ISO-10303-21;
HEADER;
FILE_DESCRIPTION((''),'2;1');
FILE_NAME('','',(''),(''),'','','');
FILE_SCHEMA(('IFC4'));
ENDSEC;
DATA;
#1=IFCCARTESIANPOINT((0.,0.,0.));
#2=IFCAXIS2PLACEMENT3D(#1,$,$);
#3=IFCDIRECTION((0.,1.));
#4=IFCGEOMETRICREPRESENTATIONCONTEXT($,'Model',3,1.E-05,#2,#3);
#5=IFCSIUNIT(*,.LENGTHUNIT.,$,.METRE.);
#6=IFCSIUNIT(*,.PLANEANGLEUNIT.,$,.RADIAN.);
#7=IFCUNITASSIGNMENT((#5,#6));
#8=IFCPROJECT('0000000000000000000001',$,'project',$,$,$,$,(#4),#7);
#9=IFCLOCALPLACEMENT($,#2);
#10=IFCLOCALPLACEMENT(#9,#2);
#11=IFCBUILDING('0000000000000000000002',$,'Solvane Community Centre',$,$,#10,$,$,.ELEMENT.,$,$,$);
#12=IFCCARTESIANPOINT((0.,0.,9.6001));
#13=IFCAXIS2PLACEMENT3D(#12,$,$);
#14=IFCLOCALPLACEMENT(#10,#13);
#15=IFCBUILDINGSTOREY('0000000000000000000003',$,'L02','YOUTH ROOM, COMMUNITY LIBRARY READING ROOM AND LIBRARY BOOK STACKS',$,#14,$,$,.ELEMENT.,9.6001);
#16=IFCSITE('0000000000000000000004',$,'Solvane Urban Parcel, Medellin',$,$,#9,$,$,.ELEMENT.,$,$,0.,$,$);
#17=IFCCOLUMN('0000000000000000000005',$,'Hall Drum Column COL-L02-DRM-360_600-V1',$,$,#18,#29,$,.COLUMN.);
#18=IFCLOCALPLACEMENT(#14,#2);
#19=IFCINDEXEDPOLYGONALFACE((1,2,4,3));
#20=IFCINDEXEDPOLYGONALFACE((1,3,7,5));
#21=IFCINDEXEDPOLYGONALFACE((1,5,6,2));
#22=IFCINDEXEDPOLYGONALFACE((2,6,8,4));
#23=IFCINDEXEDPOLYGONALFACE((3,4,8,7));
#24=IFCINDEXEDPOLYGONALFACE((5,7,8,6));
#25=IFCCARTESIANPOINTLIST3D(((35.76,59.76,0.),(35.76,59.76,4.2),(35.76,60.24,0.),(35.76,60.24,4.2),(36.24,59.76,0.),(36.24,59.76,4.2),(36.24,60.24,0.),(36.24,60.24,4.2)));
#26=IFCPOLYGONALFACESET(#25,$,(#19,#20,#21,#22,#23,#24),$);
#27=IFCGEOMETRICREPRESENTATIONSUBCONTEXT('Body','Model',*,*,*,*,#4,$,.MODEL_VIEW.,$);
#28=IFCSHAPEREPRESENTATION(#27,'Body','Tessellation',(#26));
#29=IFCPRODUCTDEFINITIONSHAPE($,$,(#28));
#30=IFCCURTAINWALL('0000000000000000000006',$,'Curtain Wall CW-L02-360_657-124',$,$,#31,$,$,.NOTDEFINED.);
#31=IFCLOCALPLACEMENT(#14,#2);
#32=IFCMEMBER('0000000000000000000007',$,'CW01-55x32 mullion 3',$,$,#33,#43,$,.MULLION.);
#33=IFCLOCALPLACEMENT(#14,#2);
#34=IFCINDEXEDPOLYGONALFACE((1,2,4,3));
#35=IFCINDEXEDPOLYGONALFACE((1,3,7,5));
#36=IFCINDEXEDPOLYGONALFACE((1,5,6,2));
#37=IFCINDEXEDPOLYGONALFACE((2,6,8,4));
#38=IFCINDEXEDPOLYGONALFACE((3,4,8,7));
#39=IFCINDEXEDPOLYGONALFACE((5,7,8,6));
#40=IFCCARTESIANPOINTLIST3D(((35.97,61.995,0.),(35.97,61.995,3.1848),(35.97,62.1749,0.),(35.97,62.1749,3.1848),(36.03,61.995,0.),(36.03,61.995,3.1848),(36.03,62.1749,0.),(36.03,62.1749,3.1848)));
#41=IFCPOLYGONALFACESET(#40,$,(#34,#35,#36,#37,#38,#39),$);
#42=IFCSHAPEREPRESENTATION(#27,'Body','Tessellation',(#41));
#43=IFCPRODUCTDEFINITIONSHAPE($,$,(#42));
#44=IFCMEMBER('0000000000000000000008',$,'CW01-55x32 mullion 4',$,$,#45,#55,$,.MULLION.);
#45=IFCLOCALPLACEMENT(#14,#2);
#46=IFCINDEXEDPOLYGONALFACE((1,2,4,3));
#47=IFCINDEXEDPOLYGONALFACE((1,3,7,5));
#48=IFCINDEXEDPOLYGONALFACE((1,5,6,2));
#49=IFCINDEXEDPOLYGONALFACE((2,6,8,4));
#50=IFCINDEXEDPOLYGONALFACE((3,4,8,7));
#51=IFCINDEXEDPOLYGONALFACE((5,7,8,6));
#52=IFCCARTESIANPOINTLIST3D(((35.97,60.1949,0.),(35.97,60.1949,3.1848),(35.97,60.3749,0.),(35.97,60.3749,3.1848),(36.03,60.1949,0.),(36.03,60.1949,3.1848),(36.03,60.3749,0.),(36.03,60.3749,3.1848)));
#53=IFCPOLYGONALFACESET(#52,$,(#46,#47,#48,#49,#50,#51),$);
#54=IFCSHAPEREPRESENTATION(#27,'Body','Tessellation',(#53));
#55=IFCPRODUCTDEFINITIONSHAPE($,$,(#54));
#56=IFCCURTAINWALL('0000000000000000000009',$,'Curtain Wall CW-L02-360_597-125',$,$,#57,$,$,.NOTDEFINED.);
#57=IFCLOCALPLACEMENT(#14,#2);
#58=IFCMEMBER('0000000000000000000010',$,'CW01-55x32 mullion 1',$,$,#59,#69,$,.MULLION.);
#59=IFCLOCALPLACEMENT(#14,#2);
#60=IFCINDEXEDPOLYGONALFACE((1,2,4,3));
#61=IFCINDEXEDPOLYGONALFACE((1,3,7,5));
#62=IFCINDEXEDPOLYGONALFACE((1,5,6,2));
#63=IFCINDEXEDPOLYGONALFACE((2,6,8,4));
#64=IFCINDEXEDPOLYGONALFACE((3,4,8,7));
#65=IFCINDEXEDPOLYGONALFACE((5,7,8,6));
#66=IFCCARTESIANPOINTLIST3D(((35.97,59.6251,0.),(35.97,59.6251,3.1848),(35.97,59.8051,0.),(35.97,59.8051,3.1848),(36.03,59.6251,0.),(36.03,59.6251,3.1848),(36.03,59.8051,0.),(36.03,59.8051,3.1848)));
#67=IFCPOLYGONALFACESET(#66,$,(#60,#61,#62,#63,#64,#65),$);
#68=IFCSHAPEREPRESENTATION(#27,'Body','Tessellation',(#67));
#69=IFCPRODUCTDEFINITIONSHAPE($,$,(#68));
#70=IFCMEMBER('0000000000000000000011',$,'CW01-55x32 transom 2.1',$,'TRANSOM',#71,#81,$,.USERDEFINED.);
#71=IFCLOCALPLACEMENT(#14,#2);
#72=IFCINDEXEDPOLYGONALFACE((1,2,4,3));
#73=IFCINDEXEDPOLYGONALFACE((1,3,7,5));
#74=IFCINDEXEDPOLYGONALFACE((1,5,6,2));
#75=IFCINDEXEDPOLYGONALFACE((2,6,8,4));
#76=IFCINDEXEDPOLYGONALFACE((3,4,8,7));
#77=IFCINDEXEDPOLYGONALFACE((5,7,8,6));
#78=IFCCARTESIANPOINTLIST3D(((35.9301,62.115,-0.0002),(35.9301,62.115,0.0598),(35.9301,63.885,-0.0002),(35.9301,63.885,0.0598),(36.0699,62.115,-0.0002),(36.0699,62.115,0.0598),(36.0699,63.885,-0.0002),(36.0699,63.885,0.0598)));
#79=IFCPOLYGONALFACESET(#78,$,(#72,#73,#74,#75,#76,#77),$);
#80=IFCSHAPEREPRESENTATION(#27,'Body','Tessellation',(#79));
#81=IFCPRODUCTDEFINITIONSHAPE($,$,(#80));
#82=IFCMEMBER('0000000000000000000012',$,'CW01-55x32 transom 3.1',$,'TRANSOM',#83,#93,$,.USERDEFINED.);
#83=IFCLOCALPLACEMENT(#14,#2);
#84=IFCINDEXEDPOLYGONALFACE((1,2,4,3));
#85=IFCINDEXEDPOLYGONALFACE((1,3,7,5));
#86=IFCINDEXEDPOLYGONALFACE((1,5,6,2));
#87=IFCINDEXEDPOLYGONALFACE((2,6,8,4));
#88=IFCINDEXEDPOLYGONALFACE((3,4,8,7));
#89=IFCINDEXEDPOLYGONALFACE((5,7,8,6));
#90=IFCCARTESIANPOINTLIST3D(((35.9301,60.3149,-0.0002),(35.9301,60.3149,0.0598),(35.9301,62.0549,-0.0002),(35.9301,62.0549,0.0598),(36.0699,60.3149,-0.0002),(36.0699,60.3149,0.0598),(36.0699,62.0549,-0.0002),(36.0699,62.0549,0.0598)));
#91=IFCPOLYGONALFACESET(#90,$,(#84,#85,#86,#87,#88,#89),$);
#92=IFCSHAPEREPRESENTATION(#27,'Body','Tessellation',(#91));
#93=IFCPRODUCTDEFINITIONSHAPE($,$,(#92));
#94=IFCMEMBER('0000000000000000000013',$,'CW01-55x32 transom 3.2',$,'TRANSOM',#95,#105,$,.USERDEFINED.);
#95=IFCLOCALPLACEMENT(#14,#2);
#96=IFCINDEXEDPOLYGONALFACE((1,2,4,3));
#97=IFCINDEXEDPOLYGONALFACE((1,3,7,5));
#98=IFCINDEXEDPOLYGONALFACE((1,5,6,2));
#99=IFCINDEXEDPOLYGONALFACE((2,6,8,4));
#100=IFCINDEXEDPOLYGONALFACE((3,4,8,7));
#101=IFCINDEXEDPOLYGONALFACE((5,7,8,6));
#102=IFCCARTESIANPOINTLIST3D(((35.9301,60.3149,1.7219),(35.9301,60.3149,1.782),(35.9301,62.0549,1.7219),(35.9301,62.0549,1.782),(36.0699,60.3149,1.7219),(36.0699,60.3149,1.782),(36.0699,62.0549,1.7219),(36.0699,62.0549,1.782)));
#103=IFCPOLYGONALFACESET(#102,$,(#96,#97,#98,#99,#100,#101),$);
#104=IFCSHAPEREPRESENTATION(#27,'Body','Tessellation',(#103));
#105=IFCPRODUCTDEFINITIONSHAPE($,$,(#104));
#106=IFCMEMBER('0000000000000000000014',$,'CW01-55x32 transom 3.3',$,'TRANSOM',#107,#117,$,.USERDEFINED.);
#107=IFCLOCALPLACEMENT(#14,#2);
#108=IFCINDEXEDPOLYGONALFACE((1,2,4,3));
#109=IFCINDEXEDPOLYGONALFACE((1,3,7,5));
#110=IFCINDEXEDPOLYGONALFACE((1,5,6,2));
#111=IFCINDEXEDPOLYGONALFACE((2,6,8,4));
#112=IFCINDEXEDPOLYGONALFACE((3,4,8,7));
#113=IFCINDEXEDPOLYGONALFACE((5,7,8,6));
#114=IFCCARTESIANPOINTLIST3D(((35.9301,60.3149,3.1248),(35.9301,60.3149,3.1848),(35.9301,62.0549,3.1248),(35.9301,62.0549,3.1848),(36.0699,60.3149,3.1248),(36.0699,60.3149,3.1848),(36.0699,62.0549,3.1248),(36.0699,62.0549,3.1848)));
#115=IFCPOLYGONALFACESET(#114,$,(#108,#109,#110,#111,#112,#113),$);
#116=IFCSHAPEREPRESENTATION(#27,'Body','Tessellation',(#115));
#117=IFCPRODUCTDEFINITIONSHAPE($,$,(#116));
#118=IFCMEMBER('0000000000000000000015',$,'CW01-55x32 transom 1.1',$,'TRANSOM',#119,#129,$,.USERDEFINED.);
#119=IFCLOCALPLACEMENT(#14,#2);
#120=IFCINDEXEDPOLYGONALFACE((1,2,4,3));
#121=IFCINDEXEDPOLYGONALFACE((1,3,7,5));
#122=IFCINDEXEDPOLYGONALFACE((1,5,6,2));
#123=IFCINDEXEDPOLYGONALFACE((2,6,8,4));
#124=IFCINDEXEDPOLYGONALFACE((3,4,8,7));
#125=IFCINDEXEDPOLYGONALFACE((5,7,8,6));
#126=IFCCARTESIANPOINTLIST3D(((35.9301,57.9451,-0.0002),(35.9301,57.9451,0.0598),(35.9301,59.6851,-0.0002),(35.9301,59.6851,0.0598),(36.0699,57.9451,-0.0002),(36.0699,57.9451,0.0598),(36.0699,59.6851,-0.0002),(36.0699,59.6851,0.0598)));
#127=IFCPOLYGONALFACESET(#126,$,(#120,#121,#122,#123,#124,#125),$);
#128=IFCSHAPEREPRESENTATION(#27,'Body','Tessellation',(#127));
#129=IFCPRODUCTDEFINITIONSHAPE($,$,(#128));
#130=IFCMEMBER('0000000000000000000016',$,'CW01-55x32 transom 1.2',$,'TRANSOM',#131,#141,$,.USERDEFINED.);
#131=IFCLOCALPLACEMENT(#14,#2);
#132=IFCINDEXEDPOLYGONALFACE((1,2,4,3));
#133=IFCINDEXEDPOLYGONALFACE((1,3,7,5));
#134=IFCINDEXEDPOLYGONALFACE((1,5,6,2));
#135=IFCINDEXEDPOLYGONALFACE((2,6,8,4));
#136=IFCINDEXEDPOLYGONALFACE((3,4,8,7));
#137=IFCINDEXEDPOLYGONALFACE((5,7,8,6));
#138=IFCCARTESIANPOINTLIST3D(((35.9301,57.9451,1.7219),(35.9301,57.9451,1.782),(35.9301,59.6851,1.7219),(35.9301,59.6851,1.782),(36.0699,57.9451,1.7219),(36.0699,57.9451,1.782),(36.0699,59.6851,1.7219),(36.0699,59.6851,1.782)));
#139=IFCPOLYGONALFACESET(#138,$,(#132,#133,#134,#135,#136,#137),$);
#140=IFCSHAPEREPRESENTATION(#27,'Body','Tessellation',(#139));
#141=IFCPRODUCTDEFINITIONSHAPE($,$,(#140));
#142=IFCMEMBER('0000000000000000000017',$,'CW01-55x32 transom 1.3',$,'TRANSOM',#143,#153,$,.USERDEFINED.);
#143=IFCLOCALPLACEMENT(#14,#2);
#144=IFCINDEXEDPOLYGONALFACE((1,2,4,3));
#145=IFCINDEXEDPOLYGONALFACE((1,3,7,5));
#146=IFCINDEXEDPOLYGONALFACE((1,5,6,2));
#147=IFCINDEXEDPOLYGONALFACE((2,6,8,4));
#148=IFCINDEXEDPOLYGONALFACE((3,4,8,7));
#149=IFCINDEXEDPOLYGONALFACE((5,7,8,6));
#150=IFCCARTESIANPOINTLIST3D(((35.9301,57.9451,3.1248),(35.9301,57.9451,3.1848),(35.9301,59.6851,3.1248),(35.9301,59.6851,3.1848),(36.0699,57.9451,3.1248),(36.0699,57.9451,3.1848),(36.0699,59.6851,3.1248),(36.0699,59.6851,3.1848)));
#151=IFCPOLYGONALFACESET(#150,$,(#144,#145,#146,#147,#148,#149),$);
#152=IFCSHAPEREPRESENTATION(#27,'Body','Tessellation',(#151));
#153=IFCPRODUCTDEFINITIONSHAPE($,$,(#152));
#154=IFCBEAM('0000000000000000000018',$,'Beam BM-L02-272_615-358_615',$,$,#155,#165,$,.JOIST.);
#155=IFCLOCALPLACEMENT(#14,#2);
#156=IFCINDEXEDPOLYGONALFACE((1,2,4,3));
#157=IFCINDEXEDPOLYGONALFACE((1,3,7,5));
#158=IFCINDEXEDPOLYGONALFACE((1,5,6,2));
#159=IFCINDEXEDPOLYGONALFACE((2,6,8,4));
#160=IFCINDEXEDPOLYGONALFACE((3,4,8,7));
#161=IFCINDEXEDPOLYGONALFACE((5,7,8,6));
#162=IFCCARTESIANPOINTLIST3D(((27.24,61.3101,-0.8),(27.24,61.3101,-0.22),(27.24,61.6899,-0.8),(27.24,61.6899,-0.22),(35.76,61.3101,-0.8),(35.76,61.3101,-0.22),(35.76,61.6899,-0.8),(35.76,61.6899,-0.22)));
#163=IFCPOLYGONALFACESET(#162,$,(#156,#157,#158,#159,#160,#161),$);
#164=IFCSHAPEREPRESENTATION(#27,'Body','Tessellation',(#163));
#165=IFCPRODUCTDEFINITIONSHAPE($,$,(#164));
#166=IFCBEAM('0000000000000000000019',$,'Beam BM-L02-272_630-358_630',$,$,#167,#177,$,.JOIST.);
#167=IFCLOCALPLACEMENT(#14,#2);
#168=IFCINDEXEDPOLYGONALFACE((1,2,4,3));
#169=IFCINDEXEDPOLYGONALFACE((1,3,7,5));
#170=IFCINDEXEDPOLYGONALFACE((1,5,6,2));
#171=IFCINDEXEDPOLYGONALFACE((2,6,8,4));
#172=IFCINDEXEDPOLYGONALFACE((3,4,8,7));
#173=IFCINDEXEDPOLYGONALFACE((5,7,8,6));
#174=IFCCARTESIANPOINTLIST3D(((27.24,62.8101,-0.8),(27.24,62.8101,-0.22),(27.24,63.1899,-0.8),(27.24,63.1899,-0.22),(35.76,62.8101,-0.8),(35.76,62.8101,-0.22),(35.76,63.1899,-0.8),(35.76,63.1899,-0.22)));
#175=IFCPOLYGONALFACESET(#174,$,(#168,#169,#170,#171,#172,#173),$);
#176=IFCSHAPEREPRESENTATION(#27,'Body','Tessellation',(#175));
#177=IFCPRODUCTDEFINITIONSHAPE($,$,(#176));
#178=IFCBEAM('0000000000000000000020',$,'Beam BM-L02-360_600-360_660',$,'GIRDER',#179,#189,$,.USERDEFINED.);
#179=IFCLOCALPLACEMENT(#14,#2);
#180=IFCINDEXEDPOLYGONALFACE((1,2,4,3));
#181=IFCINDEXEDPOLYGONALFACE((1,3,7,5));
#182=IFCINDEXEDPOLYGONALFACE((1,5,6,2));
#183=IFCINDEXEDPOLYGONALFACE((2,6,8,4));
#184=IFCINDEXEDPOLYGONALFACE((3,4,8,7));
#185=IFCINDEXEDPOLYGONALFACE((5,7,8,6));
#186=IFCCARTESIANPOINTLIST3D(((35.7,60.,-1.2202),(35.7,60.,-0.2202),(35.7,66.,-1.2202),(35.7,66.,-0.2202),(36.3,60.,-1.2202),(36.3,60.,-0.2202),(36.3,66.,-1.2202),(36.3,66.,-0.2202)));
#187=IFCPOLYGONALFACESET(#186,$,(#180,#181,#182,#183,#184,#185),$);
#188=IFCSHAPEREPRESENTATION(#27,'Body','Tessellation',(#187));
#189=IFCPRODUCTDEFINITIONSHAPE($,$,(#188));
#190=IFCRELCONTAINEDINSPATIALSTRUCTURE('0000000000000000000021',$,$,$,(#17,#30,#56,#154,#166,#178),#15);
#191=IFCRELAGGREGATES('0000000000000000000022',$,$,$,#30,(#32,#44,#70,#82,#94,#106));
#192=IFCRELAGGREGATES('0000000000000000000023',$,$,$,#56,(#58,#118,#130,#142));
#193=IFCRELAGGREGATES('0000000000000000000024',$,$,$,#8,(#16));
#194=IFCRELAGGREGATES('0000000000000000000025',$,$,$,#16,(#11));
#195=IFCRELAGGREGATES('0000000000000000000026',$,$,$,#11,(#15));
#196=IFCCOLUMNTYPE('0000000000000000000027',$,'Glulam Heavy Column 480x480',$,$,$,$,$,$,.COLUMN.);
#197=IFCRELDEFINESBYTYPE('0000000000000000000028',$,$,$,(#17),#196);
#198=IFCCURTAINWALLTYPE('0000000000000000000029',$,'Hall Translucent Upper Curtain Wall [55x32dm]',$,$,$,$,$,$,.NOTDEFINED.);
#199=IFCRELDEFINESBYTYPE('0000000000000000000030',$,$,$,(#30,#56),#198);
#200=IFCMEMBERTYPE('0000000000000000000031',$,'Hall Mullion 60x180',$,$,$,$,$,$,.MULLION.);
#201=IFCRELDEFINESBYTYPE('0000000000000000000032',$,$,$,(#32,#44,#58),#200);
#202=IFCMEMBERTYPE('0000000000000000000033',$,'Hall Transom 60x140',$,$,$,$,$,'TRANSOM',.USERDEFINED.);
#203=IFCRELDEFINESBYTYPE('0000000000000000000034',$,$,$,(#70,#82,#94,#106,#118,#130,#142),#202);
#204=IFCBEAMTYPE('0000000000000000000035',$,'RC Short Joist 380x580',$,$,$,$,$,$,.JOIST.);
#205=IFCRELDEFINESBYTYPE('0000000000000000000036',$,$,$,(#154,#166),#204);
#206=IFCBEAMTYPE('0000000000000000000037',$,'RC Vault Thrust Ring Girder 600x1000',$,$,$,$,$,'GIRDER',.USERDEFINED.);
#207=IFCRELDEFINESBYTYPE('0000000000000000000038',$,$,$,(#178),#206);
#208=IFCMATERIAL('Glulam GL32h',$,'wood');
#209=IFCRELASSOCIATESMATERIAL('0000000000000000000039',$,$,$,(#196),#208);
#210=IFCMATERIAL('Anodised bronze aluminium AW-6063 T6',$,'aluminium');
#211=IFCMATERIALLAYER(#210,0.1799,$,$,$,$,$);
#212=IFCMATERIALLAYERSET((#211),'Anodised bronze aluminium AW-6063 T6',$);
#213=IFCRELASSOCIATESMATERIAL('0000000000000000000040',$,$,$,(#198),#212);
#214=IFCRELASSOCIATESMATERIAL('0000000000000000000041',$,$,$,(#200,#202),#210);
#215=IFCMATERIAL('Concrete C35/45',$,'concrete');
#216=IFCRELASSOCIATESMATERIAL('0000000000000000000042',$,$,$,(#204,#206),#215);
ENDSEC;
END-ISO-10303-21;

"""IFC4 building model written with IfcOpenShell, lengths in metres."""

from ifc_helpers import new_model, si_unit, direction, frame, origin, origin_2d, place, context, subcontext, project, spatial, rectangle, extrude, material, layer, layer_set, material_profile, profile_set, type_object, element, aggregate, save


model = new_model("IFC4")

# Units and contexts
model_context = context("Model", 3, precision=1e-05, world=origin(), true_north=direction((0.0, 1.0)))
body_context = subcontext(model_context, "Body", "Model", "MODEL_VIEW")
ifc_project = project(units=[si_unit("LENGTHUNIT", "METRE"), si_unit("PLANEANGLEUNIT", "RADIAN")], contexts=[model_context])

# Site, building, storey
site_placement = place(None, origin())
site = spatial("IfcSite", under=ifc_project, at=site_placement, Name="Solvane Urban Parcel, Medellin", CompositionType="ELEMENT", RefElevation=0.0)
building_placement = place(site_placement, origin())
building = spatial("IfcBuilding", under=site, at=building_placement, Name="Solvane Community Centre", CompositionType="ELEMENT")
storey_placement = place(building_placement, frame((0.0, 0.0, 9.6001)))
storey = spatial("IfcBuildingStorey", under=building, at=storey_placement, Name="L02", Description="YOUTH ROOM, COMMUNITY LIBRARY READING ROOM AND LIBRARY BOOK STACKS", CompositionType="ELEMENT", Elevation=9.6001)

# Column
ifc_material_1 = material(Name="Glulam GL32h", Category="wood")
ifc_material_profile_1 = material_profile(ifc_material_1, rectangle(XDim=0.48, YDim=0.48, at=origin_2d()), Name="GL32h 480x480")
ifc_profile_set_1 = profile_set([ifc_material_profile_1], Name="Glulam GL32h")
column_type = type_object("IfcColumnType", Name="Glulam Heavy Column 480x480", PredefinedType="COLUMN", material=ifc_profile_set_1)
column_placement = place(storey_placement, frame((36.0, 60.0, 0.0), z_axis=(0.0, 0.0, 1.0), x_axis=(1.0, 0.0, 0.0)))
element("IfcColumn", 1, at=column_placement, inside=storey, type_object=column_type, Name="Hall Drum Column COL-L02-DRM-360_600-V1", PredefinedType="COLUMN", context=body_context, shape_type="SweptSolid", body=[
    extrude(rectangle(XDim=0.48, YDim=0.48, at=origin_2d()), origin(), (0.0, 0.0, 1.0), 4.2),
])

# Curtain wall, members
ifc_material_2 = material(Name="Anodised bronze aluminium AW-6063 T6", Category="aluminium")
ifc_layer_1 = layer(ifc_material_2, 0.1799)
ifc_layer_set_1 = layer_set([ifc_layer_1], Name="Anodised bronze aluminium AW-6063 T6")
curtain_wall_type = type_object("IfcCurtainWallType", Name="Hall Translucent Upper Curtain Wall [55x32dm]", PredefinedType="NOTDEFINED", material=ifc_layer_set_1)
curtain_wall_1_placement = place(storey_placement, origin())
curtain_wall_1 = element("IfcCurtainWall", 2, at=curtain_wall_1_placement, inside=storey, type_object=curtain_wall_type, Name="Curtain Wall CW-L02-360_657-124", PredefinedType="NOTDEFINED")
ifc_material_profile_2 = material_profile(ifc_material_2, rectangle(XDim=0.0601, YDim=0.1799, at=origin_2d()), Name="CW-M 60x180")
ifc_profile_set_2 = profile_set([ifc_material_profile_2], Name="Anodised bronze aluminium AW-6063 T6")
member_type_1 = type_object("IfcMemberType", Name="Hall Mullion 60x180", PredefinedType="MULLION", material=ifc_profile_set_2)
member_1_placement = place(storey_placement, frame((36.0, 62.085, 0.0), z_axis=(0.0, 0.0, 1.0), x_axis=(1.0, 0.0, 0.0)))
member_1 = element("IfcMember", 3, at=member_1_placement, type_object=member_type_1, Name="CW01-55x32 mullion 3", PredefinedType="MULLION", context=body_context, shape_type="SweptSolid", body=[
    extrude(rectangle(XDim=0.0601, YDim=0.1799, at=origin_2d()), origin(), (0.0, 0.0, 1.0), 3.1848),
])
member_2_placement = place(storey_placement, frame((36.0, 60.2849, 0.0), z_axis=(0.0, 0.0, 1.0), x_axis=(1.0, 0.0, 0.0)))
member_2 = element("IfcMember", 4, at=member_2_placement, type_object=member_type_1, Name="CW01-55x32 mullion 4", PredefinedType="MULLION", context=body_context, shape_type="SweptSolid", body=[
    extrude(rectangle(XDim=0.0601, YDim=0.1799, at=origin_2d()), origin(), (0.0, 0.0, 1.0), 3.1848),
])

# Curtain wall, member
curtain_wall_2_placement = place(storey_placement, origin())
curtain_wall_2 = element("IfcCurtainWall", 5, at=curtain_wall_2_placement, inside=storey, type_object=curtain_wall_type, Name="Curtain Wall CW-L02-360_597-125", PredefinedType="NOTDEFINED")
member_3_placement = place(storey_placement, frame((36.0, 59.7151, 0.0), z_axis=(0.0, 0.0, 1.0), x_axis=(1.0, 0.0, 0.0)))
member_3 = element("IfcMember", 6, at=member_3_placement, type_object=member_type_1, Name="CW01-55x32 mullion 1", PredefinedType="MULLION", context=body_context, shape_type="SweptSolid", body=[
    extrude(rectangle(XDim=0.0601, YDim=0.1799, at=origin_2d()), origin(), (0.0, 0.0, 1.0), 3.1848),
])

# Members
ifc_material_profile_3 = material_profile(ifc_material_2, rectangle(XDim=0.1399, YDim=0.0601, at=origin_2d()), Name="CW-T 60x140")
ifc_profile_set_3 = profile_set([ifc_material_profile_3], Name="Anodised bronze aluminium AW-6063 T6")
member_type_2 = type_object("IfcMemberType", Name="Hall Transom 60x140", ElementType="TRANSOM", PredefinedType="USERDEFINED", material=ifc_profile_set_3)
member_4_placement = place(storey_placement, frame((36.0, 63.885, 0.0298), z_axis=(0.0, -1.0, 0.0), x_axis=(1.0, 0.0, 0.0)))
member_4 = element("IfcMember", 7, at=member_4_placement, type_object=member_type_2, Name="CW01-55x32 transom 2.1", ObjectType="TRANSOM", PredefinedType="USERDEFINED", context=body_context, shape_type="SweptSolid", body=[
    extrude(rectangle(XDim=0.1399, YDim=0.0601, at=origin_2d()), origin(), (0.0, 0.0, 1.0), 1.77),
])
member_5_placement = place(storey_placement, frame((36.0, 62.0549, 0.0298), z_axis=(0.0, -1.0, 0.0), x_axis=(1.0, 0.0, 0.0)))
member_5 = element("IfcMember", 8, at=member_5_placement, type_object=member_type_2, Name="CW01-55x32 transom 3.1", ObjectType="TRANSOM", PredefinedType="USERDEFINED", context=body_context, shape_type="SweptSolid", body=[
    extrude(rectangle(XDim=0.1399, YDim=0.0601, at=origin_2d()), origin(), (0.0, 0.0, 1.0), 1.74),
])
member_6_placement = place(storey_placement, frame((36.0, 62.0549, 1.752), z_axis=(0.0, -1.0, 0.0), x_axis=(1.0, 0.0, 0.0)))
member_6 = element("IfcMember", 9, at=member_6_placement, type_object=member_type_2, Name="CW01-55x32 transom 3.2", ObjectType="TRANSOM", PredefinedType="USERDEFINED", context=body_context, shape_type="SweptSolid", body=[
    extrude(rectangle(XDim=0.1399, YDim=0.0601, at=origin_2d()), origin(), (0.0, 0.0, 1.0), 1.74),
])
member_7_placement = place(storey_placement, frame((36.0, 62.0549, 3.1548), z_axis=(0.0, -1.0, 0.0), x_axis=(1.0, 0.0, 0.0)))
member_7 = element("IfcMember", 10, at=member_7_placement, type_object=member_type_2, Name="CW01-55x32 transom 3.3", ObjectType="TRANSOM", PredefinedType="USERDEFINED", context=body_context, shape_type="SweptSolid", body=[
    extrude(rectangle(XDim=0.1399, YDim=0.0601, at=origin_2d()), origin(), (0.0, 0.0, 1.0), 1.74),
])
member_8_placement = place(storey_placement, frame((36.0, 59.6851, 0.0298), z_axis=(0.0, -1.0, 0.0), x_axis=(1.0, 0.0, 0.0)))
member_8 = element("IfcMember", 11, at=member_8_placement, type_object=member_type_2, Name="CW01-55x32 transom 1.1", ObjectType="TRANSOM", PredefinedType="USERDEFINED", context=body_context, shape_type="SweptSolid", body=[
    extrude(rectangle(XDim=0.1399, YDim=0.0601, at=origin_2d()), origin(), (0.0, 0.0, 1.0), 1.74),
])
member_9_placement = place(storey_placement, frame((36.0, 59.6851, 1.752), z_axis=(0.0, -1.0, 0.0), x_axis=(1.0, 0.0, 0.0)))
member_9 = element("IfcMember", 12, at=member_9_placement, type_object=member_type_2, Name="CW01-55x32 transom 1.2", ObjectType="TRANSOM", PredefinedType="USERDEFINED", context=body_context, shape_type="SweptSolid", body=[
    extrude(rectangle(XDim=0.1399, YDim=0.0601, at=origin_2d()), origin(), (0.0, 0.0, 1.0), 1.74),
])
member_10_placement = place(storey_placement, frame((36.0, 59.6851, 3.1548), z_axis=(0.0, -1.0, 0.0), x_axis=(1.0, 0.0, 0.0)))
member_10 = element("IfcMember", 13, at=member_10_placement, type_object=member_type_2, Name="CW01-55x32 transom 1.3", ObjectType="TRANSOM", PredefinedType="USERDEFINED", context=body_context, shape_type="SweptSolid", body=[
    extrude(rectangle(XDim=0.1399, YDim=0.0601, at=origin_2d()), origin(), (0.0, 0.0, 1.0), 1.74),
])

# Beams
ifc_material_3 = material(Name="Concrete C35/45", Category="concrete")
ifc_material_profile_4 = material_profile(ifc_material_3, rectangle(XDim=0.3799, YDim=0.5801, at=origin_2d()), Name="RC 380x580")
ifc_profile_set_4 = profile_set([ifc_material_profile_4], Name="Concrete C35/45")
beam_type_1 = type_object("IfcBeamType", Name="RC Short Joist 380x580", PredefinedType="JOIST", material=ifc_profile_set_4)
for number, where, z_axis, x_axis, name in (
    (14, (27.24, 61.5, -0.51), (1.0, 0.0, 0.0), (0.0, 1.0, 0.0), "Beam BM-L02-272_615-358_615"),
    (15, (27.24, 63.0, -0.51), (1.0, 0.0, 0.0), (0.0, 1.0, 0.0), "Beam BM-L02-272_630-358_630"),
):
    element("IfcBeam", number, at=place(storey_placement, frame(where, z_axis=z_axis, x_axis=x_axis)), inside=storey, type_object=beam_type_1, Name=name, PredefinedType="JOIST", context=body_context, shape_type="SweptSolid", body=[
        extrude(rectangle(XDim=0.3799, YDim=0.5801, at=origin_2d()), origin(), (0.0, 0.0, 1.0), 8.52),
    ])
ifc_material_profile_5 = material_profile(ifc_material_3, rectangle(XDim=0.6001, YDim=1.0, at=origin_2d()), Name="RC 600x1000")
ifc_profile_set_5 = profile_set([ifc_material_profile_5], Name="Concrete C35/45")
beam_type_2 = type_object("IfcBeamType", Name="RC Vault Thrust Ring Girder 600x1000", ElementType="GIRDER", PredefinedType="USERDEFINED", material=ifc_profile_set_5)
for number, where, z_axis, x_axis, name in (
    (16, (36.0, 60.0, -0.7202), (0.0, 1.0, 0.0), (-1.0, 0.0, 0.0), "Beam BM-L02-360_600-360_660"),
):
    element("IfcBeam", number, at=place(storey_placement, frame(where, z_axis=z_axis, x_axis=x_axis)), inside=storey, type_object=beam_type_2, Name=name, ObjectType="GIRDER", PredefinedType="USERDEFINED", context=body_context, shape_type="SweptSolid", body=[
        extrude(rectangle(XDim=0.6001, YDim=1.0, at=origin_2d()), origin(), (0.0, 0.0, 1.0), 6.0),
    ])

aggregate(curtain_wall_1, [member_1, member_2, member_4, member_5, member_6, member_7])
aggregate(curtain_wall_2, [member_3, member_8, member_9, member_10])

save(model, "model.ifc")
